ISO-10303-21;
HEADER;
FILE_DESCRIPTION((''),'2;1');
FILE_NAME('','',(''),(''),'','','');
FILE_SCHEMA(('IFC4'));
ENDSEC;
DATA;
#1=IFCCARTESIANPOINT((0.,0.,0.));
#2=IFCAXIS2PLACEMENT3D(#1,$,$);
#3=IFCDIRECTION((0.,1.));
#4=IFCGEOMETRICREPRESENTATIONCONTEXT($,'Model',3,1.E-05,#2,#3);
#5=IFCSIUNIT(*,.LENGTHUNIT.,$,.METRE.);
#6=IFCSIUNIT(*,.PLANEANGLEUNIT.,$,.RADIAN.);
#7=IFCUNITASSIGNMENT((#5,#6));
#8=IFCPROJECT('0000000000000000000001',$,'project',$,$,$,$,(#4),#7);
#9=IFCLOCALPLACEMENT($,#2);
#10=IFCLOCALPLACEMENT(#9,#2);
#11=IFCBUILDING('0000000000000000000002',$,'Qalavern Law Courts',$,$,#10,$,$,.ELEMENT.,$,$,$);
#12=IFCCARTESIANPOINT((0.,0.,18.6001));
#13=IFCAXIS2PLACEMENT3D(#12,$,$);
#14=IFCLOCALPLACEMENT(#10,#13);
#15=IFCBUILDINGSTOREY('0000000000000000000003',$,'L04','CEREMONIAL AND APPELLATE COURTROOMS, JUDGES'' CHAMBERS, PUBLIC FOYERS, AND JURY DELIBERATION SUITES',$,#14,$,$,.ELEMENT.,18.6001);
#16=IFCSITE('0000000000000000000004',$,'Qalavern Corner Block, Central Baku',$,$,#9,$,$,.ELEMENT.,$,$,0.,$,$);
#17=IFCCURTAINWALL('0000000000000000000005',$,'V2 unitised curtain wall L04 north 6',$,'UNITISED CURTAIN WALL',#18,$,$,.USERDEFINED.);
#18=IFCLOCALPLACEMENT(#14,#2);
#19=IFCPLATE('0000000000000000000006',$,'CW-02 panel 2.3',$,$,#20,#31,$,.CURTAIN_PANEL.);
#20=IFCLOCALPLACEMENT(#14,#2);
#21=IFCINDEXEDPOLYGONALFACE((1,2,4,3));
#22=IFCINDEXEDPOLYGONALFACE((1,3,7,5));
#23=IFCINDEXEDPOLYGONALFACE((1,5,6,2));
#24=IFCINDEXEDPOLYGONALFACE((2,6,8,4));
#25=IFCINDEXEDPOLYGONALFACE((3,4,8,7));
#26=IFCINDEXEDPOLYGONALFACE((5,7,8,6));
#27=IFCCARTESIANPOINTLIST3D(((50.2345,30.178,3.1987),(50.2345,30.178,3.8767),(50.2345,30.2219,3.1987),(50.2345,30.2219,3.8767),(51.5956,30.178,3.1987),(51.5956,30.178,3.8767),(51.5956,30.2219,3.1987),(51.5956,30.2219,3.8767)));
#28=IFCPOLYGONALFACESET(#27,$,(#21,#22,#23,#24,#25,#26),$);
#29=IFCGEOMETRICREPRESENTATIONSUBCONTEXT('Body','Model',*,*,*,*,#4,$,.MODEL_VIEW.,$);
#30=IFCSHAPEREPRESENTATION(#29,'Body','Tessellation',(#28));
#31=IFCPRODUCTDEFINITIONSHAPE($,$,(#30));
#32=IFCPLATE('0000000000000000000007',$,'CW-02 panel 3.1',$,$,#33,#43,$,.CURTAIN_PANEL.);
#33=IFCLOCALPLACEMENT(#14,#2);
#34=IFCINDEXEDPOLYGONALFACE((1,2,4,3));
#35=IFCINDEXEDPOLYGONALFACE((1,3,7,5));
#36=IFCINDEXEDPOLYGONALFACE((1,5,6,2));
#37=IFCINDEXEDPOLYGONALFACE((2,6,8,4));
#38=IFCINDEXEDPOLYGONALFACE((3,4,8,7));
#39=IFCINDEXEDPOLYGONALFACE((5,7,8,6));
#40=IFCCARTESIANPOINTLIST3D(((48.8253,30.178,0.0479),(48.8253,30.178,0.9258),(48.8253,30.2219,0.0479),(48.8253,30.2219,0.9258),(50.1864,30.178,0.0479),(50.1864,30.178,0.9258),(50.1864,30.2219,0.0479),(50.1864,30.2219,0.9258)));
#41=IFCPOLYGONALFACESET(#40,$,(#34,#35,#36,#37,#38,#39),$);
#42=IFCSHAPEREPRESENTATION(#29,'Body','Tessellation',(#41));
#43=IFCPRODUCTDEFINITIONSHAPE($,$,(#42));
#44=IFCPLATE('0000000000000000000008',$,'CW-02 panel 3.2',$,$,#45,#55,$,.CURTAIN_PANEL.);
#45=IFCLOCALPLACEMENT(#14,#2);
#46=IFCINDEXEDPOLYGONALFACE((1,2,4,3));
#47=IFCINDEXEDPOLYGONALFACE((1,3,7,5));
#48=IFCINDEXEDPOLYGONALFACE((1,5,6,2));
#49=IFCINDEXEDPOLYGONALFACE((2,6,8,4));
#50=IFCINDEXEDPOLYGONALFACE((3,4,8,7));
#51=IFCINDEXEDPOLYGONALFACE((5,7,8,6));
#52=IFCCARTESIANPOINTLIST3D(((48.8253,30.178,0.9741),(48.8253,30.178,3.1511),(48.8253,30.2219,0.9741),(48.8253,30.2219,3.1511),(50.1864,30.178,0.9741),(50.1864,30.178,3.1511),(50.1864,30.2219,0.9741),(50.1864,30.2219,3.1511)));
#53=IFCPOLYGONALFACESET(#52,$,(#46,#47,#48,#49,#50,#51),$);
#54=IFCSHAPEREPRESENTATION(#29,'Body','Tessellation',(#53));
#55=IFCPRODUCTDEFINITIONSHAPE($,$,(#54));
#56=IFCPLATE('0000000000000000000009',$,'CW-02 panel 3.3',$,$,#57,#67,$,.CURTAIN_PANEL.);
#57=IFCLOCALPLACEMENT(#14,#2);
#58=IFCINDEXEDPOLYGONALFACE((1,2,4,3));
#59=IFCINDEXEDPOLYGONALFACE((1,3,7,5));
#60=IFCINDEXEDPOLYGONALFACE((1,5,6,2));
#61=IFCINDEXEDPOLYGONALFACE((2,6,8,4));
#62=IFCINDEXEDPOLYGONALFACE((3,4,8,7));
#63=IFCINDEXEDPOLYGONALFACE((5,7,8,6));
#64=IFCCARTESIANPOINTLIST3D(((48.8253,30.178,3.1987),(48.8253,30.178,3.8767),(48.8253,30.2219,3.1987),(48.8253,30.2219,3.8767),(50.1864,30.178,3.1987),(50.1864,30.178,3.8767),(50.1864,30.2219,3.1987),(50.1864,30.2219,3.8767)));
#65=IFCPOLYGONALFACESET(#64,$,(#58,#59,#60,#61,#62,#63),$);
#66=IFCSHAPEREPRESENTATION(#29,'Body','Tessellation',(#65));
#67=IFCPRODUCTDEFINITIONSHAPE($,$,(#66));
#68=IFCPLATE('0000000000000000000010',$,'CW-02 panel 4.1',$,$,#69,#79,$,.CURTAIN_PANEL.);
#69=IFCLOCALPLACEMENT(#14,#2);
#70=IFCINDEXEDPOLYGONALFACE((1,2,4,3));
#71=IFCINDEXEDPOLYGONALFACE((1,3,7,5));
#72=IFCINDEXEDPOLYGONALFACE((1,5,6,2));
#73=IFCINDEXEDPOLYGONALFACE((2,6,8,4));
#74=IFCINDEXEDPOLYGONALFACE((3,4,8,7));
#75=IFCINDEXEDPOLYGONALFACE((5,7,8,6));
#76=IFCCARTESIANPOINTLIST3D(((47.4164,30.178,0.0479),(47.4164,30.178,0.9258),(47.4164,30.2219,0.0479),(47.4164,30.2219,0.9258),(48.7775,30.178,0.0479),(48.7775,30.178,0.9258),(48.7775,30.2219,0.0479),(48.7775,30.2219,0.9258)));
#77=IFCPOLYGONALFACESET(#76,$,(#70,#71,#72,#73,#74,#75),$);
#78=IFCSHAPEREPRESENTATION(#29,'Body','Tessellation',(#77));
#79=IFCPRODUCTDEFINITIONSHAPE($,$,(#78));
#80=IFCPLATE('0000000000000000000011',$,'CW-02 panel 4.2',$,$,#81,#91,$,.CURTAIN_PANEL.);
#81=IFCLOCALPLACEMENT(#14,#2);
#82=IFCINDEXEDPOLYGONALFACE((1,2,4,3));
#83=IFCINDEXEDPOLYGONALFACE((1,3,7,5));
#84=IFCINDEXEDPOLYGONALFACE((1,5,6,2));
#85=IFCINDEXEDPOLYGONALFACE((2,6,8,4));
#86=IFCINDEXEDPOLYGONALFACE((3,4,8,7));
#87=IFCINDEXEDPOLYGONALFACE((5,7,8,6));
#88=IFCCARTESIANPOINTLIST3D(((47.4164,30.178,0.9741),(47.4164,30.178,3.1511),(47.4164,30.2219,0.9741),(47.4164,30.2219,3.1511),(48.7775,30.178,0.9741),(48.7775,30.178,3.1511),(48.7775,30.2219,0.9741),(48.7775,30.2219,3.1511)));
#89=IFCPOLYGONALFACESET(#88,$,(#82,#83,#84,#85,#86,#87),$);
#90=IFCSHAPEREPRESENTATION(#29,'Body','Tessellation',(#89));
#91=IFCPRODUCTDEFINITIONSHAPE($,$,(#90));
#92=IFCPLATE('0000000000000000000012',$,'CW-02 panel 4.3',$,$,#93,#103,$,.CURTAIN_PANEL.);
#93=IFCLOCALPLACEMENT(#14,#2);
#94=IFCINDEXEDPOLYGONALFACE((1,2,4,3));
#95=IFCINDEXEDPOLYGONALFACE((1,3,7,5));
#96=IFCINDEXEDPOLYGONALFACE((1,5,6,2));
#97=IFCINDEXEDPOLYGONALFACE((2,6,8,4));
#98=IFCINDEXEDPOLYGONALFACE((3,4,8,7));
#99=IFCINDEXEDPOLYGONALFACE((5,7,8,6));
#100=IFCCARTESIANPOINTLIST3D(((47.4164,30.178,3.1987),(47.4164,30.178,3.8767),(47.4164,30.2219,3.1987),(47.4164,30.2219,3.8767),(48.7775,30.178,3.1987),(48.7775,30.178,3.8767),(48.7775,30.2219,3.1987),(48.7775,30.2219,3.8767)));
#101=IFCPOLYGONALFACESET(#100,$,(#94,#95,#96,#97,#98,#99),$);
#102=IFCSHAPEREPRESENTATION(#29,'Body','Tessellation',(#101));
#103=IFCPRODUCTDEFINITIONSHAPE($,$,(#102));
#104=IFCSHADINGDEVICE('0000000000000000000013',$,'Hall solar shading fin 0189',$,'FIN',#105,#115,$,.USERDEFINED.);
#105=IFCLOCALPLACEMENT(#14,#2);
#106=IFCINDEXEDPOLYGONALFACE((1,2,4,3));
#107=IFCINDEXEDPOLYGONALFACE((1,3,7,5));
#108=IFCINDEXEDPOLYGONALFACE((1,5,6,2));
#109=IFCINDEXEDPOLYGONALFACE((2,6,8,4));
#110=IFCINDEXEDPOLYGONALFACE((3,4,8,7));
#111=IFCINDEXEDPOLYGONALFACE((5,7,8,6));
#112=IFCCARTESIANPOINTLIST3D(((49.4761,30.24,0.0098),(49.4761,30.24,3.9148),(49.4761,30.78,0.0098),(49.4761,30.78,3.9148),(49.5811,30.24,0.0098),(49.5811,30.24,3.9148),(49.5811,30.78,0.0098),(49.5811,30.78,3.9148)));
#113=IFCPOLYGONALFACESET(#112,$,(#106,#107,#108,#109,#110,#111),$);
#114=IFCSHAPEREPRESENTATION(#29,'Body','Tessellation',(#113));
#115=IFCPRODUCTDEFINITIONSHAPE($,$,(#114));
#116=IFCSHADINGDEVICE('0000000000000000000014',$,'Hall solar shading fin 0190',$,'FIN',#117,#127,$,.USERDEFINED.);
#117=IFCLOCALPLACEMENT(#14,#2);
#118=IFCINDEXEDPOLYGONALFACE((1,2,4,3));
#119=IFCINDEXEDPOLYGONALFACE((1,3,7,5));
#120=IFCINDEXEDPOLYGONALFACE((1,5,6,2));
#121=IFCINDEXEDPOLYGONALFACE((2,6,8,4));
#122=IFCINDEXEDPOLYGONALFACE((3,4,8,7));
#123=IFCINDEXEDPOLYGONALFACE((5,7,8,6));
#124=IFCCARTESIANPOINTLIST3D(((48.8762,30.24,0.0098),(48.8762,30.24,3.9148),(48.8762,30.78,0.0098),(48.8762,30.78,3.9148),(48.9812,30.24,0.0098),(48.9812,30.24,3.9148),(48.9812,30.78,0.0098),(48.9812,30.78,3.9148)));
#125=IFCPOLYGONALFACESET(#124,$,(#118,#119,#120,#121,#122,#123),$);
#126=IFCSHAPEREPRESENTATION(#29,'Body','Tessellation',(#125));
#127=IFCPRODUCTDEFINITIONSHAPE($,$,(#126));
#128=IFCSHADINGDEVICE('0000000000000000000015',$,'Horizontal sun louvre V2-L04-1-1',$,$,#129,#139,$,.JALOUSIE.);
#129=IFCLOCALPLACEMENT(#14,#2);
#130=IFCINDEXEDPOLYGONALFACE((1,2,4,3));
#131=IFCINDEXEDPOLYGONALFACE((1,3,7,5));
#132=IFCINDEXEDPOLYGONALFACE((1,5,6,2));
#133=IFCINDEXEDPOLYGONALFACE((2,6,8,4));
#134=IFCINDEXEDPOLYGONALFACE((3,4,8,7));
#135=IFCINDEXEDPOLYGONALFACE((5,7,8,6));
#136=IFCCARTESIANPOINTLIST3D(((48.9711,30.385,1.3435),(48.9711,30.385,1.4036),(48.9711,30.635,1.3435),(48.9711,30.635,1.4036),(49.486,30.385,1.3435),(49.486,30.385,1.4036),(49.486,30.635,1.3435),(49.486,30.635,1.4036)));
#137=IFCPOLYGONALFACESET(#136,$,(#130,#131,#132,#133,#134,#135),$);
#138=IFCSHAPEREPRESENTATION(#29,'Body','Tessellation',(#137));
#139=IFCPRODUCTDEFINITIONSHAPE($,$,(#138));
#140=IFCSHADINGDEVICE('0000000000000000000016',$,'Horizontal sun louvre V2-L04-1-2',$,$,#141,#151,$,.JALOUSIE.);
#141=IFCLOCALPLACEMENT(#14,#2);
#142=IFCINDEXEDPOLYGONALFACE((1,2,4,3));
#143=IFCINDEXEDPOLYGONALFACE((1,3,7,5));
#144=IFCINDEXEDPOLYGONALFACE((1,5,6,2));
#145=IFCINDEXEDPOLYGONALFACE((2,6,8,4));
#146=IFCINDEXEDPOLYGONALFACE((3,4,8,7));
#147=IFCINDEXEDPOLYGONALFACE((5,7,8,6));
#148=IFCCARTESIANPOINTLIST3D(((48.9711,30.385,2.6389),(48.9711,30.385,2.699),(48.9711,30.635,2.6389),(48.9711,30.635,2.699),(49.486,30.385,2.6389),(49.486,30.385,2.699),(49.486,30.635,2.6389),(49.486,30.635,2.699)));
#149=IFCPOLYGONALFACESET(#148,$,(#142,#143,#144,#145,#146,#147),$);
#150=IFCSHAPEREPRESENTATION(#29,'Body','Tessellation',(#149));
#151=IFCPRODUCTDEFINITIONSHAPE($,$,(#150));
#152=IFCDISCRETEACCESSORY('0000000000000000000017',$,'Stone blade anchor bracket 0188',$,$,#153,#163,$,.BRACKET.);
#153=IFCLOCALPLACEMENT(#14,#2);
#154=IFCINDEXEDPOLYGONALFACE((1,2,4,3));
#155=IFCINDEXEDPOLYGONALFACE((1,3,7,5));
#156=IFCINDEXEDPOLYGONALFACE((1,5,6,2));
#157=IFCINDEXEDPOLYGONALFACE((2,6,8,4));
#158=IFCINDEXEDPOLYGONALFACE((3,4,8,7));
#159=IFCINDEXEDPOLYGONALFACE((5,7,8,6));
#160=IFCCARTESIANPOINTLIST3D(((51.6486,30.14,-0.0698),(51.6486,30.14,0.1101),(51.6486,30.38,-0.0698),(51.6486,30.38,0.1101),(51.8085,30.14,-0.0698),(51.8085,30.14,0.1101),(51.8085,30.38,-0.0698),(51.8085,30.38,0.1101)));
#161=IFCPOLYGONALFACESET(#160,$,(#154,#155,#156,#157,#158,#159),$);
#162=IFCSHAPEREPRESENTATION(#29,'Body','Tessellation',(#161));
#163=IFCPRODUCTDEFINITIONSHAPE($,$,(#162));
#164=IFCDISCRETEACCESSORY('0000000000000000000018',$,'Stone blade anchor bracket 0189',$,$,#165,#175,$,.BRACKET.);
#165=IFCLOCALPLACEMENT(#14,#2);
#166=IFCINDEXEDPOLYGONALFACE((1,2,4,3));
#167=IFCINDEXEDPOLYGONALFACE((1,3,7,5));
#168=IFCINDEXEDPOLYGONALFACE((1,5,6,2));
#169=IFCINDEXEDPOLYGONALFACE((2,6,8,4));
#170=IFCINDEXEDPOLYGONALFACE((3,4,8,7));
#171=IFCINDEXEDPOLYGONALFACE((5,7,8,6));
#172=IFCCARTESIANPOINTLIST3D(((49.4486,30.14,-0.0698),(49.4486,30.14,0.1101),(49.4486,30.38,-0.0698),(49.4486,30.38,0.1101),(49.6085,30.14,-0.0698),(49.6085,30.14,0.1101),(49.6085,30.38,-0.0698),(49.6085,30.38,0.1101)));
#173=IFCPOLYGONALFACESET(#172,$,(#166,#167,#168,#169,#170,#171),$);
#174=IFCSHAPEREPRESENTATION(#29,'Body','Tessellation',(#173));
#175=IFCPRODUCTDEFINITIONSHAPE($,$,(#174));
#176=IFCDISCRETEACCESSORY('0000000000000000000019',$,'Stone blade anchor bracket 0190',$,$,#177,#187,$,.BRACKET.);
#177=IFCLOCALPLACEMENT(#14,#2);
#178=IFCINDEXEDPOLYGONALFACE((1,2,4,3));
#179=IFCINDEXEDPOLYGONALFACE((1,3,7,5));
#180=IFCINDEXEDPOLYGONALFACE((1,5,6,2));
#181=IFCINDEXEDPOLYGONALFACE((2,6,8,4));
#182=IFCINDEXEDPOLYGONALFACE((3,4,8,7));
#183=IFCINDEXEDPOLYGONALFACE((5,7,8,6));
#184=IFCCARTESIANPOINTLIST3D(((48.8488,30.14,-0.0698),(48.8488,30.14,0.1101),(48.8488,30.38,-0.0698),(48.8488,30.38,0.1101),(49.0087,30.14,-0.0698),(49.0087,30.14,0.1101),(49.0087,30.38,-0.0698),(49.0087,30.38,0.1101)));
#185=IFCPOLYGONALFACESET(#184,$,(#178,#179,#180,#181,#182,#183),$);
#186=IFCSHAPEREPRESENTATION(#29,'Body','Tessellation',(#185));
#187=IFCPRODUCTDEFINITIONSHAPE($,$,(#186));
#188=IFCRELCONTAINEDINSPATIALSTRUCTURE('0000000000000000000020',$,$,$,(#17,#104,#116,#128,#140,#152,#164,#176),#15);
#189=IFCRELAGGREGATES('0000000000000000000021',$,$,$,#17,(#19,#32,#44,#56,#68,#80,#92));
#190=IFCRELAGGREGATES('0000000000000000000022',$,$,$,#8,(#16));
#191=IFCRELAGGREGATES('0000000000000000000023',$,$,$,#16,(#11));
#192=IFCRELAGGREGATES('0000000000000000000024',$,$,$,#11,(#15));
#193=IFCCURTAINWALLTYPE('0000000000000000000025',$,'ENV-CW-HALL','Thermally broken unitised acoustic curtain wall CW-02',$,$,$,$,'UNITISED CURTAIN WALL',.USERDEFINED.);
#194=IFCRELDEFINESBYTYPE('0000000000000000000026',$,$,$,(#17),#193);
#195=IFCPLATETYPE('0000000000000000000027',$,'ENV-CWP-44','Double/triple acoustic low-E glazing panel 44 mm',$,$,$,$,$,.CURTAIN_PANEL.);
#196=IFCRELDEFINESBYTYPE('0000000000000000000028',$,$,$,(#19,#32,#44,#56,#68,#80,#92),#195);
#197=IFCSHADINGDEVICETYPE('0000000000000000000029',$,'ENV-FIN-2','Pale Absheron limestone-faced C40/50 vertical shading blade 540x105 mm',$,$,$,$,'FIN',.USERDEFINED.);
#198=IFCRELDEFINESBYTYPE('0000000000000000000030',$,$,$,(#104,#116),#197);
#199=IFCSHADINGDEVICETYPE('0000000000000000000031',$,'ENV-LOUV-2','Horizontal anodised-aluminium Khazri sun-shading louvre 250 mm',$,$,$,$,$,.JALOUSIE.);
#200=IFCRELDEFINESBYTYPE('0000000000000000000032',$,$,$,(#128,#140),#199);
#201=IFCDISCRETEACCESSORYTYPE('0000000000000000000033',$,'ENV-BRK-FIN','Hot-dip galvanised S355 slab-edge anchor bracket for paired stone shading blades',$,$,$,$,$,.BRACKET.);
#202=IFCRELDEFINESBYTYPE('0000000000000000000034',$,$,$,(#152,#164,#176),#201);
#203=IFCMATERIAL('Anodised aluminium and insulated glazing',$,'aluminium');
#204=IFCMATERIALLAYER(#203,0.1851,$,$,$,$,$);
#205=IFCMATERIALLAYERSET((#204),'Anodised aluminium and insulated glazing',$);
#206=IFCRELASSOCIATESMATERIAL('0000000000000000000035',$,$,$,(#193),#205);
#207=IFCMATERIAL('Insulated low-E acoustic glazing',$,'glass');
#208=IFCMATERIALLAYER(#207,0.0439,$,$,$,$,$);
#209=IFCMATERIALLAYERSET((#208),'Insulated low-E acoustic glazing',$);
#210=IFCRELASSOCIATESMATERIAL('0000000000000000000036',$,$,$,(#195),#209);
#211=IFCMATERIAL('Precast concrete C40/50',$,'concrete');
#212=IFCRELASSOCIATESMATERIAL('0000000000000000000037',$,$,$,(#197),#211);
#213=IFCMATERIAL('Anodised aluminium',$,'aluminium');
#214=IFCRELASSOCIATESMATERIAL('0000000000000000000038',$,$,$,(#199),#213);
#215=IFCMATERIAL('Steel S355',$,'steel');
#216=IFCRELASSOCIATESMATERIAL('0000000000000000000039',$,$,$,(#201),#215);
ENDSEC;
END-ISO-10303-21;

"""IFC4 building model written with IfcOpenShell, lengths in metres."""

from ifc_helpers import new_model, si_unit, direction, frame, origin, origin_2d, place, context, subcontext, project, spatial, rectangle, extrude, material, layer, layer_set, type_object, element, aggregate, save


model = new_model("IFC4")

# Units and contexts
model_context = context("Model", 3, precision=1e-05, world=origin(), true_north=direction((0.0, 1.0)))
body_context = subcontext(model_context, "Body", "Model", "MODEL_VIEW")
ifc_project = project(units=[si_unit("LENGTHUNIT", "METRE"), si_unit("PLANEANGLEUNIT", "RADIAN")], contexts=[model_context])

# Site, building, storey
site_placement = place(None, origin())
site = spatial("IfcSite", under=ifc_project, at=site_placement, Name="Qalavern Corner Block, Central Baku", CompositionType="ELEMENT", RefElevation=0.0)
building_placement = place(site_placement, origin())
building = spatial("IfcBuilding", under=site, at=building_placement, Name="Qalavern Law Courts", CompositionType="ELEMENT")
storey_placement = place(building_placement, frame((0.0, 0.0, 18.6001)))
storey = spatial("IfcBuildingStorey", under=building, at=storey_placement, Name="L04", Description="CEREMONIAL AND APPELLATE COURTROOMS, JUDGES' CHAMBERS, PUBLIC FOYERS, AND JURY DELIBERATION SUITES", CompositionType="ELEMENT", Elevation=18.6001)

# Curtain wall, plates
ifc_material_1 = material(Name="Anodised aluminium and insulated glazing", Category="aluminium")
ifc_layer_1 = layer(ifc_material_1, 0.1851)
ifc_layer_set_1 = layer_set([ifc_layer_1], Name="Anodised aluminium and insulated glazing")
curtain_wall_type = type_object("IfcCurtainWallType", Name="ENV-CW-HALL", Description="Thermally broken unitised acoustic curtain wall CW-02", ElementType="UNITISED CURTAIN WALL", PredefinedType="USERDEFINED", material=ifc_layer_set_1)
curtain_wall_placement = place(storey_placement, origin())
curtain_wall = element("IfcCurtainWall", 1, at=curtain_wall_placement, inside=storey, type_object=curtain_wall_type, Name="V2 unitised curtain wall L04 north 6", ObjectType="UNITISED CURTAIN WALL", PredefinedType="USERDEFINED")
ifc_material_2 = material(Name="Anodised aluminium", Category="aluminium")
ifc_material_3 = material(Name="Insulated low-E acoustic glazing", Category="glass")
ifc_layer_2 = layer(ifc_material_3, 0.0439)
ifc_layer_set_2 = layer_set([ifc_layer_2], Name="Insulated low-E acoustic glazing")
plate_type = type_object("IfcPlateType", Name="ENV-CWP-44", Description="Double/triple acoustic low-E glazing panel 44 mm", PredefinedType="CURTAIN_PANEL", material=ifc_layer_set_2)
plate_1_placement = place(storey_placement, frame((50.915, 30.2, 3.1987), z_axis=(0.0, 0.0, 1.0), x_axis=(-1.0, 0.0, 0.0)))
plate_1 = element("IfcPlate", 2, at=plate_1_placement, type_object=plate_type, Name="CW-02 panel 2.3", PredefinedType="CURTAIN_PANEL", context=body_context, shape_type="SweptSolid", body=[
    extrude(rectangle(XDim=1.3611, YDim=0.0439, at=origin_2d()), origin(), (0.0, 0.0, 1.0), 0.678),
])
plate_2_placement = place(storey_placement, frame((49.5059, 30.2, 0.0479), z_axis=(0.0, 0.0, 1.0), x_axis=(-1.0, 0.0, 0.0)))
plate_2 = element("IfcPlate", 3, at=plate_2_placement, type_object=plate_type, Name="CW-02 panel 3.1", PredefinedType="CURTAIN_PANEL", context=body_context, shape_type="SweptSolid", body=[
    extrude(rectangle(XDim=1.3611, YDim=0.0439, at=origin_2d()), origin(), (0.0, 0.0, 1.0), 0.8779),
])
plate_3_placement = place(storey_placement, frame((49.5059, 30.2, 0.9741), z_axis=(0.0, 0.0, 1.0), x_axis=(-1.0, 0.0, 0.0)))
plate_3 = element("IfcPlate", 4, at=plate_3_placement, type_object=plate_type, Name="CW-02 panel 3.2", PredefinedType="CURTAIN_PANEL", context=body_context, shape_type="SweptSolid", body=[
    extrude(rectangle(XDim=1.3611, YDim=0.0439, at=origin_2d()), origin(), (0.0, 0.0, 1.0), 2.177),
])
plate_4_placement = place(storey_placement, frame((49.5059, 30.2, 3.1987), z_axis=(0.0, 0.0, 1.0), x_axis=(-1.0, 0.0, 0.0)))
plate_4 = element("IfcPlate", 5, at=plate_4_placement, type_object=plate_type, Name="CW-02 panel 3.3", PredefinedType="CURTAIN_PANEL", context=body_context, shape_type="SweptSolid", body=[
    extrude(rectangle(XDim=1.3611, YDim=0.0439, at=origin_2d()), origin(), (0.0, 0.0, 1.0), 0.678),
])
plate_5_placement = place(storey_placement, frame((48.0969, 30.2, 0.0479), z_axis=(0.0, 0.0, 1.0), x_axis=(-1.0, 0.0, 0.0)))
plate_5 = element("IfcPlate", 6, at=plate_5_placement, type_object=plate_type, Name="CW-02 panel 4.1", PredefinedType="CURTAIN_PANEL", context=body_context, shape_type="SweptSolid", body=[
    extrude(rectangle(XDim=1.3611, YDim=0.0439, at=origin_2d()), origin(), (0.0, 0.0, 1.0), 0.8779),
])
plate_6_placement = place(storey_placement, frame((48.0969, 30.2, 0.9741), z_axis=(0.0, 0.0, 1.0), x_axis=(-1.0, 0.0, 0.0)))
plate_6 = element("IfcPlate", 7, at=plate_6_placement, type_object=plate_type, Name="CW-02 panel 4.2", PredefinedType="CURTAIN_PANEL", context=body_context, shape_type="SweptSolid", body=[
    extrude(rectangle(XDim=1.3611, YDim=0.0439, at=origin_2d()), origin(), (0.0, 0.0, 1.0), 2.177),
])
plate_7_placement = place(storey_placement, frame((48.0969, 30.2, 3.1987), z_axis=(0.0, 0.0, 1.0), x_axis=(-1.0, 0.0, 0.0)))
plate_7 = element("IfcPlate", 8, at=plate_7_placement, type_object=plate_type, Name="CW-02 panel 4.3", PredefinedType="CURTAIN_PANEL", context=body_context, shape_type="SweptSolid", body=[
    extrude(rectangle(XDim=1.3611, YDim=0.0439, at=origin_2d()), origin(), (0.0, 0.0, 1.0), 0.678),
])
aggregate(curtain_wall, [plate_1, plate_2, plate_3, plate_4, plate_5, plate_6, plate_7])

# Shading devices
ifc_material_4 = material(Name="Precast concrete C40/50", Category="concrete")
shading_device_type_1 = type_object("IfcShadingDeviceType", Name="ENV-FIN-2", Description="Pale Absheron limestone-faced C40/50 vertical shading blade 540x105 mm", ElementType="FIN", PredefinedType="USERDEFINED", material=ifc_material_4)
for number, where, z_axis, x_axis, name in (
    (9, (49.5286, 30.51, 0.0098), (0.0, 0.0, 1.0), (0.0, 1.0, 0.0), "Hall solar shading fin 0189"),
    (10, (48.9287, 30.51, 0.0098), (0.0, 0.0, 1.0), (0.0, 1.0, 0.0), "Hall solar shading fin 0190"),
):
    element("IfcShadingDevice", number, at=place(storey_placement, frame(where, z_axis=z_axis, x_axis=x_axis)), inside=storey, type_object=shading_device_type_1, Name=name, ObjectType="FIN", PredefinedType="USERDEFINED", context=body_context, shape_type="SweptSolid", body=[
        extrude(rectangle(XDim=0.54, YDim=0.105, at=origin_2d()), origin(), (0.0, 0.0, 1.0), 3.905),
    ])
shading_device_type_2 = type_object("IfcShadingDeviceType", Name="ENV-LOUV-2", Description="Horizontal anodised-aluminium Khazri sun-shading louvre 250 mm", PredefinedType="JALOUSIE", material=ifc_material_2)
for number, where, z_axis, x_axis, name in (
    (11, (49.2285, 30.51, 1.3435), (0.0, 0.0, 1.0), (-1.0, 0.0, 0.0), "Horizontal sun louvre V2-L04-1-1"),
    (12, (49.2285, 30.51, 2.6389), (0.0, 0.0, 1.0), (-1.0, 0.0, 0.0), "Horizontal sun louvre V2-L04-1-2"),
):
    element("IfcShadingDevice", number, at=place(storey_placement, frame(where, z_axis=z_axis, x_axis=x_axis)), inside=storey, type_object=shading_device_type_2, Name=name, PredefinedType="JALOUSIE", context=body_context, shape_type="SweptSolid", body=[
        extrude(rectangle(XDim=0.5149, YDim=0.25, at=origin_2d()), origin(), (0.0, 0.0, 1.0), 0.0601),
    ])

# Discrete accessories
ifc_material_5 = material(Name="Steel S355", Category="steel")
discrete_accessory_type = type_object("IfcDiscreteAccessoryType", Name="ENV-BRK-FIN", Description="Hot-dip galvanised S355 slab-edge anchor bracket for paired stone shading blades", PredefinedType="BRACKET", material=ifc_material_5)
for number, where, z_axis, x_axis, name in (
    (13, (51.7285, 30.26, -0.0698), (0.0, 0.0, 1.0), (0.0, 1.0, 0.0), "Stone blade anchor bracket 0188"),
    (14, (49.5286, 30.26, -0.0698), (0.0, 0.0, 1.0), (0.0, 1.0, 0.0), "Stone blade anchor bracket 0189"),
    (15, (48.9287, 30.26, -0.0698), (0.0, 0.0, 1.0), (0.0, 1.0, 0.0), "Stone blade anchor bracket 0190"),
):
    element("IfcDiscreteAccessory", number, at=place(storey_placement, frame(where, z_axis=z_axis, x_axis=x_axis)), inside=storey, type_object=discrete_accessory_type, Name=name, PredefinedType="BRACKET", context=body_context, shape_type="SweptSolid", body=[
        extrude(rectangle(XDim=0.24, YDim=0.1599, at=origin_2d()), origin(), (0.0, 0.0, 1.0), 0.1799),
    ])

save(model, "model.ifc")
